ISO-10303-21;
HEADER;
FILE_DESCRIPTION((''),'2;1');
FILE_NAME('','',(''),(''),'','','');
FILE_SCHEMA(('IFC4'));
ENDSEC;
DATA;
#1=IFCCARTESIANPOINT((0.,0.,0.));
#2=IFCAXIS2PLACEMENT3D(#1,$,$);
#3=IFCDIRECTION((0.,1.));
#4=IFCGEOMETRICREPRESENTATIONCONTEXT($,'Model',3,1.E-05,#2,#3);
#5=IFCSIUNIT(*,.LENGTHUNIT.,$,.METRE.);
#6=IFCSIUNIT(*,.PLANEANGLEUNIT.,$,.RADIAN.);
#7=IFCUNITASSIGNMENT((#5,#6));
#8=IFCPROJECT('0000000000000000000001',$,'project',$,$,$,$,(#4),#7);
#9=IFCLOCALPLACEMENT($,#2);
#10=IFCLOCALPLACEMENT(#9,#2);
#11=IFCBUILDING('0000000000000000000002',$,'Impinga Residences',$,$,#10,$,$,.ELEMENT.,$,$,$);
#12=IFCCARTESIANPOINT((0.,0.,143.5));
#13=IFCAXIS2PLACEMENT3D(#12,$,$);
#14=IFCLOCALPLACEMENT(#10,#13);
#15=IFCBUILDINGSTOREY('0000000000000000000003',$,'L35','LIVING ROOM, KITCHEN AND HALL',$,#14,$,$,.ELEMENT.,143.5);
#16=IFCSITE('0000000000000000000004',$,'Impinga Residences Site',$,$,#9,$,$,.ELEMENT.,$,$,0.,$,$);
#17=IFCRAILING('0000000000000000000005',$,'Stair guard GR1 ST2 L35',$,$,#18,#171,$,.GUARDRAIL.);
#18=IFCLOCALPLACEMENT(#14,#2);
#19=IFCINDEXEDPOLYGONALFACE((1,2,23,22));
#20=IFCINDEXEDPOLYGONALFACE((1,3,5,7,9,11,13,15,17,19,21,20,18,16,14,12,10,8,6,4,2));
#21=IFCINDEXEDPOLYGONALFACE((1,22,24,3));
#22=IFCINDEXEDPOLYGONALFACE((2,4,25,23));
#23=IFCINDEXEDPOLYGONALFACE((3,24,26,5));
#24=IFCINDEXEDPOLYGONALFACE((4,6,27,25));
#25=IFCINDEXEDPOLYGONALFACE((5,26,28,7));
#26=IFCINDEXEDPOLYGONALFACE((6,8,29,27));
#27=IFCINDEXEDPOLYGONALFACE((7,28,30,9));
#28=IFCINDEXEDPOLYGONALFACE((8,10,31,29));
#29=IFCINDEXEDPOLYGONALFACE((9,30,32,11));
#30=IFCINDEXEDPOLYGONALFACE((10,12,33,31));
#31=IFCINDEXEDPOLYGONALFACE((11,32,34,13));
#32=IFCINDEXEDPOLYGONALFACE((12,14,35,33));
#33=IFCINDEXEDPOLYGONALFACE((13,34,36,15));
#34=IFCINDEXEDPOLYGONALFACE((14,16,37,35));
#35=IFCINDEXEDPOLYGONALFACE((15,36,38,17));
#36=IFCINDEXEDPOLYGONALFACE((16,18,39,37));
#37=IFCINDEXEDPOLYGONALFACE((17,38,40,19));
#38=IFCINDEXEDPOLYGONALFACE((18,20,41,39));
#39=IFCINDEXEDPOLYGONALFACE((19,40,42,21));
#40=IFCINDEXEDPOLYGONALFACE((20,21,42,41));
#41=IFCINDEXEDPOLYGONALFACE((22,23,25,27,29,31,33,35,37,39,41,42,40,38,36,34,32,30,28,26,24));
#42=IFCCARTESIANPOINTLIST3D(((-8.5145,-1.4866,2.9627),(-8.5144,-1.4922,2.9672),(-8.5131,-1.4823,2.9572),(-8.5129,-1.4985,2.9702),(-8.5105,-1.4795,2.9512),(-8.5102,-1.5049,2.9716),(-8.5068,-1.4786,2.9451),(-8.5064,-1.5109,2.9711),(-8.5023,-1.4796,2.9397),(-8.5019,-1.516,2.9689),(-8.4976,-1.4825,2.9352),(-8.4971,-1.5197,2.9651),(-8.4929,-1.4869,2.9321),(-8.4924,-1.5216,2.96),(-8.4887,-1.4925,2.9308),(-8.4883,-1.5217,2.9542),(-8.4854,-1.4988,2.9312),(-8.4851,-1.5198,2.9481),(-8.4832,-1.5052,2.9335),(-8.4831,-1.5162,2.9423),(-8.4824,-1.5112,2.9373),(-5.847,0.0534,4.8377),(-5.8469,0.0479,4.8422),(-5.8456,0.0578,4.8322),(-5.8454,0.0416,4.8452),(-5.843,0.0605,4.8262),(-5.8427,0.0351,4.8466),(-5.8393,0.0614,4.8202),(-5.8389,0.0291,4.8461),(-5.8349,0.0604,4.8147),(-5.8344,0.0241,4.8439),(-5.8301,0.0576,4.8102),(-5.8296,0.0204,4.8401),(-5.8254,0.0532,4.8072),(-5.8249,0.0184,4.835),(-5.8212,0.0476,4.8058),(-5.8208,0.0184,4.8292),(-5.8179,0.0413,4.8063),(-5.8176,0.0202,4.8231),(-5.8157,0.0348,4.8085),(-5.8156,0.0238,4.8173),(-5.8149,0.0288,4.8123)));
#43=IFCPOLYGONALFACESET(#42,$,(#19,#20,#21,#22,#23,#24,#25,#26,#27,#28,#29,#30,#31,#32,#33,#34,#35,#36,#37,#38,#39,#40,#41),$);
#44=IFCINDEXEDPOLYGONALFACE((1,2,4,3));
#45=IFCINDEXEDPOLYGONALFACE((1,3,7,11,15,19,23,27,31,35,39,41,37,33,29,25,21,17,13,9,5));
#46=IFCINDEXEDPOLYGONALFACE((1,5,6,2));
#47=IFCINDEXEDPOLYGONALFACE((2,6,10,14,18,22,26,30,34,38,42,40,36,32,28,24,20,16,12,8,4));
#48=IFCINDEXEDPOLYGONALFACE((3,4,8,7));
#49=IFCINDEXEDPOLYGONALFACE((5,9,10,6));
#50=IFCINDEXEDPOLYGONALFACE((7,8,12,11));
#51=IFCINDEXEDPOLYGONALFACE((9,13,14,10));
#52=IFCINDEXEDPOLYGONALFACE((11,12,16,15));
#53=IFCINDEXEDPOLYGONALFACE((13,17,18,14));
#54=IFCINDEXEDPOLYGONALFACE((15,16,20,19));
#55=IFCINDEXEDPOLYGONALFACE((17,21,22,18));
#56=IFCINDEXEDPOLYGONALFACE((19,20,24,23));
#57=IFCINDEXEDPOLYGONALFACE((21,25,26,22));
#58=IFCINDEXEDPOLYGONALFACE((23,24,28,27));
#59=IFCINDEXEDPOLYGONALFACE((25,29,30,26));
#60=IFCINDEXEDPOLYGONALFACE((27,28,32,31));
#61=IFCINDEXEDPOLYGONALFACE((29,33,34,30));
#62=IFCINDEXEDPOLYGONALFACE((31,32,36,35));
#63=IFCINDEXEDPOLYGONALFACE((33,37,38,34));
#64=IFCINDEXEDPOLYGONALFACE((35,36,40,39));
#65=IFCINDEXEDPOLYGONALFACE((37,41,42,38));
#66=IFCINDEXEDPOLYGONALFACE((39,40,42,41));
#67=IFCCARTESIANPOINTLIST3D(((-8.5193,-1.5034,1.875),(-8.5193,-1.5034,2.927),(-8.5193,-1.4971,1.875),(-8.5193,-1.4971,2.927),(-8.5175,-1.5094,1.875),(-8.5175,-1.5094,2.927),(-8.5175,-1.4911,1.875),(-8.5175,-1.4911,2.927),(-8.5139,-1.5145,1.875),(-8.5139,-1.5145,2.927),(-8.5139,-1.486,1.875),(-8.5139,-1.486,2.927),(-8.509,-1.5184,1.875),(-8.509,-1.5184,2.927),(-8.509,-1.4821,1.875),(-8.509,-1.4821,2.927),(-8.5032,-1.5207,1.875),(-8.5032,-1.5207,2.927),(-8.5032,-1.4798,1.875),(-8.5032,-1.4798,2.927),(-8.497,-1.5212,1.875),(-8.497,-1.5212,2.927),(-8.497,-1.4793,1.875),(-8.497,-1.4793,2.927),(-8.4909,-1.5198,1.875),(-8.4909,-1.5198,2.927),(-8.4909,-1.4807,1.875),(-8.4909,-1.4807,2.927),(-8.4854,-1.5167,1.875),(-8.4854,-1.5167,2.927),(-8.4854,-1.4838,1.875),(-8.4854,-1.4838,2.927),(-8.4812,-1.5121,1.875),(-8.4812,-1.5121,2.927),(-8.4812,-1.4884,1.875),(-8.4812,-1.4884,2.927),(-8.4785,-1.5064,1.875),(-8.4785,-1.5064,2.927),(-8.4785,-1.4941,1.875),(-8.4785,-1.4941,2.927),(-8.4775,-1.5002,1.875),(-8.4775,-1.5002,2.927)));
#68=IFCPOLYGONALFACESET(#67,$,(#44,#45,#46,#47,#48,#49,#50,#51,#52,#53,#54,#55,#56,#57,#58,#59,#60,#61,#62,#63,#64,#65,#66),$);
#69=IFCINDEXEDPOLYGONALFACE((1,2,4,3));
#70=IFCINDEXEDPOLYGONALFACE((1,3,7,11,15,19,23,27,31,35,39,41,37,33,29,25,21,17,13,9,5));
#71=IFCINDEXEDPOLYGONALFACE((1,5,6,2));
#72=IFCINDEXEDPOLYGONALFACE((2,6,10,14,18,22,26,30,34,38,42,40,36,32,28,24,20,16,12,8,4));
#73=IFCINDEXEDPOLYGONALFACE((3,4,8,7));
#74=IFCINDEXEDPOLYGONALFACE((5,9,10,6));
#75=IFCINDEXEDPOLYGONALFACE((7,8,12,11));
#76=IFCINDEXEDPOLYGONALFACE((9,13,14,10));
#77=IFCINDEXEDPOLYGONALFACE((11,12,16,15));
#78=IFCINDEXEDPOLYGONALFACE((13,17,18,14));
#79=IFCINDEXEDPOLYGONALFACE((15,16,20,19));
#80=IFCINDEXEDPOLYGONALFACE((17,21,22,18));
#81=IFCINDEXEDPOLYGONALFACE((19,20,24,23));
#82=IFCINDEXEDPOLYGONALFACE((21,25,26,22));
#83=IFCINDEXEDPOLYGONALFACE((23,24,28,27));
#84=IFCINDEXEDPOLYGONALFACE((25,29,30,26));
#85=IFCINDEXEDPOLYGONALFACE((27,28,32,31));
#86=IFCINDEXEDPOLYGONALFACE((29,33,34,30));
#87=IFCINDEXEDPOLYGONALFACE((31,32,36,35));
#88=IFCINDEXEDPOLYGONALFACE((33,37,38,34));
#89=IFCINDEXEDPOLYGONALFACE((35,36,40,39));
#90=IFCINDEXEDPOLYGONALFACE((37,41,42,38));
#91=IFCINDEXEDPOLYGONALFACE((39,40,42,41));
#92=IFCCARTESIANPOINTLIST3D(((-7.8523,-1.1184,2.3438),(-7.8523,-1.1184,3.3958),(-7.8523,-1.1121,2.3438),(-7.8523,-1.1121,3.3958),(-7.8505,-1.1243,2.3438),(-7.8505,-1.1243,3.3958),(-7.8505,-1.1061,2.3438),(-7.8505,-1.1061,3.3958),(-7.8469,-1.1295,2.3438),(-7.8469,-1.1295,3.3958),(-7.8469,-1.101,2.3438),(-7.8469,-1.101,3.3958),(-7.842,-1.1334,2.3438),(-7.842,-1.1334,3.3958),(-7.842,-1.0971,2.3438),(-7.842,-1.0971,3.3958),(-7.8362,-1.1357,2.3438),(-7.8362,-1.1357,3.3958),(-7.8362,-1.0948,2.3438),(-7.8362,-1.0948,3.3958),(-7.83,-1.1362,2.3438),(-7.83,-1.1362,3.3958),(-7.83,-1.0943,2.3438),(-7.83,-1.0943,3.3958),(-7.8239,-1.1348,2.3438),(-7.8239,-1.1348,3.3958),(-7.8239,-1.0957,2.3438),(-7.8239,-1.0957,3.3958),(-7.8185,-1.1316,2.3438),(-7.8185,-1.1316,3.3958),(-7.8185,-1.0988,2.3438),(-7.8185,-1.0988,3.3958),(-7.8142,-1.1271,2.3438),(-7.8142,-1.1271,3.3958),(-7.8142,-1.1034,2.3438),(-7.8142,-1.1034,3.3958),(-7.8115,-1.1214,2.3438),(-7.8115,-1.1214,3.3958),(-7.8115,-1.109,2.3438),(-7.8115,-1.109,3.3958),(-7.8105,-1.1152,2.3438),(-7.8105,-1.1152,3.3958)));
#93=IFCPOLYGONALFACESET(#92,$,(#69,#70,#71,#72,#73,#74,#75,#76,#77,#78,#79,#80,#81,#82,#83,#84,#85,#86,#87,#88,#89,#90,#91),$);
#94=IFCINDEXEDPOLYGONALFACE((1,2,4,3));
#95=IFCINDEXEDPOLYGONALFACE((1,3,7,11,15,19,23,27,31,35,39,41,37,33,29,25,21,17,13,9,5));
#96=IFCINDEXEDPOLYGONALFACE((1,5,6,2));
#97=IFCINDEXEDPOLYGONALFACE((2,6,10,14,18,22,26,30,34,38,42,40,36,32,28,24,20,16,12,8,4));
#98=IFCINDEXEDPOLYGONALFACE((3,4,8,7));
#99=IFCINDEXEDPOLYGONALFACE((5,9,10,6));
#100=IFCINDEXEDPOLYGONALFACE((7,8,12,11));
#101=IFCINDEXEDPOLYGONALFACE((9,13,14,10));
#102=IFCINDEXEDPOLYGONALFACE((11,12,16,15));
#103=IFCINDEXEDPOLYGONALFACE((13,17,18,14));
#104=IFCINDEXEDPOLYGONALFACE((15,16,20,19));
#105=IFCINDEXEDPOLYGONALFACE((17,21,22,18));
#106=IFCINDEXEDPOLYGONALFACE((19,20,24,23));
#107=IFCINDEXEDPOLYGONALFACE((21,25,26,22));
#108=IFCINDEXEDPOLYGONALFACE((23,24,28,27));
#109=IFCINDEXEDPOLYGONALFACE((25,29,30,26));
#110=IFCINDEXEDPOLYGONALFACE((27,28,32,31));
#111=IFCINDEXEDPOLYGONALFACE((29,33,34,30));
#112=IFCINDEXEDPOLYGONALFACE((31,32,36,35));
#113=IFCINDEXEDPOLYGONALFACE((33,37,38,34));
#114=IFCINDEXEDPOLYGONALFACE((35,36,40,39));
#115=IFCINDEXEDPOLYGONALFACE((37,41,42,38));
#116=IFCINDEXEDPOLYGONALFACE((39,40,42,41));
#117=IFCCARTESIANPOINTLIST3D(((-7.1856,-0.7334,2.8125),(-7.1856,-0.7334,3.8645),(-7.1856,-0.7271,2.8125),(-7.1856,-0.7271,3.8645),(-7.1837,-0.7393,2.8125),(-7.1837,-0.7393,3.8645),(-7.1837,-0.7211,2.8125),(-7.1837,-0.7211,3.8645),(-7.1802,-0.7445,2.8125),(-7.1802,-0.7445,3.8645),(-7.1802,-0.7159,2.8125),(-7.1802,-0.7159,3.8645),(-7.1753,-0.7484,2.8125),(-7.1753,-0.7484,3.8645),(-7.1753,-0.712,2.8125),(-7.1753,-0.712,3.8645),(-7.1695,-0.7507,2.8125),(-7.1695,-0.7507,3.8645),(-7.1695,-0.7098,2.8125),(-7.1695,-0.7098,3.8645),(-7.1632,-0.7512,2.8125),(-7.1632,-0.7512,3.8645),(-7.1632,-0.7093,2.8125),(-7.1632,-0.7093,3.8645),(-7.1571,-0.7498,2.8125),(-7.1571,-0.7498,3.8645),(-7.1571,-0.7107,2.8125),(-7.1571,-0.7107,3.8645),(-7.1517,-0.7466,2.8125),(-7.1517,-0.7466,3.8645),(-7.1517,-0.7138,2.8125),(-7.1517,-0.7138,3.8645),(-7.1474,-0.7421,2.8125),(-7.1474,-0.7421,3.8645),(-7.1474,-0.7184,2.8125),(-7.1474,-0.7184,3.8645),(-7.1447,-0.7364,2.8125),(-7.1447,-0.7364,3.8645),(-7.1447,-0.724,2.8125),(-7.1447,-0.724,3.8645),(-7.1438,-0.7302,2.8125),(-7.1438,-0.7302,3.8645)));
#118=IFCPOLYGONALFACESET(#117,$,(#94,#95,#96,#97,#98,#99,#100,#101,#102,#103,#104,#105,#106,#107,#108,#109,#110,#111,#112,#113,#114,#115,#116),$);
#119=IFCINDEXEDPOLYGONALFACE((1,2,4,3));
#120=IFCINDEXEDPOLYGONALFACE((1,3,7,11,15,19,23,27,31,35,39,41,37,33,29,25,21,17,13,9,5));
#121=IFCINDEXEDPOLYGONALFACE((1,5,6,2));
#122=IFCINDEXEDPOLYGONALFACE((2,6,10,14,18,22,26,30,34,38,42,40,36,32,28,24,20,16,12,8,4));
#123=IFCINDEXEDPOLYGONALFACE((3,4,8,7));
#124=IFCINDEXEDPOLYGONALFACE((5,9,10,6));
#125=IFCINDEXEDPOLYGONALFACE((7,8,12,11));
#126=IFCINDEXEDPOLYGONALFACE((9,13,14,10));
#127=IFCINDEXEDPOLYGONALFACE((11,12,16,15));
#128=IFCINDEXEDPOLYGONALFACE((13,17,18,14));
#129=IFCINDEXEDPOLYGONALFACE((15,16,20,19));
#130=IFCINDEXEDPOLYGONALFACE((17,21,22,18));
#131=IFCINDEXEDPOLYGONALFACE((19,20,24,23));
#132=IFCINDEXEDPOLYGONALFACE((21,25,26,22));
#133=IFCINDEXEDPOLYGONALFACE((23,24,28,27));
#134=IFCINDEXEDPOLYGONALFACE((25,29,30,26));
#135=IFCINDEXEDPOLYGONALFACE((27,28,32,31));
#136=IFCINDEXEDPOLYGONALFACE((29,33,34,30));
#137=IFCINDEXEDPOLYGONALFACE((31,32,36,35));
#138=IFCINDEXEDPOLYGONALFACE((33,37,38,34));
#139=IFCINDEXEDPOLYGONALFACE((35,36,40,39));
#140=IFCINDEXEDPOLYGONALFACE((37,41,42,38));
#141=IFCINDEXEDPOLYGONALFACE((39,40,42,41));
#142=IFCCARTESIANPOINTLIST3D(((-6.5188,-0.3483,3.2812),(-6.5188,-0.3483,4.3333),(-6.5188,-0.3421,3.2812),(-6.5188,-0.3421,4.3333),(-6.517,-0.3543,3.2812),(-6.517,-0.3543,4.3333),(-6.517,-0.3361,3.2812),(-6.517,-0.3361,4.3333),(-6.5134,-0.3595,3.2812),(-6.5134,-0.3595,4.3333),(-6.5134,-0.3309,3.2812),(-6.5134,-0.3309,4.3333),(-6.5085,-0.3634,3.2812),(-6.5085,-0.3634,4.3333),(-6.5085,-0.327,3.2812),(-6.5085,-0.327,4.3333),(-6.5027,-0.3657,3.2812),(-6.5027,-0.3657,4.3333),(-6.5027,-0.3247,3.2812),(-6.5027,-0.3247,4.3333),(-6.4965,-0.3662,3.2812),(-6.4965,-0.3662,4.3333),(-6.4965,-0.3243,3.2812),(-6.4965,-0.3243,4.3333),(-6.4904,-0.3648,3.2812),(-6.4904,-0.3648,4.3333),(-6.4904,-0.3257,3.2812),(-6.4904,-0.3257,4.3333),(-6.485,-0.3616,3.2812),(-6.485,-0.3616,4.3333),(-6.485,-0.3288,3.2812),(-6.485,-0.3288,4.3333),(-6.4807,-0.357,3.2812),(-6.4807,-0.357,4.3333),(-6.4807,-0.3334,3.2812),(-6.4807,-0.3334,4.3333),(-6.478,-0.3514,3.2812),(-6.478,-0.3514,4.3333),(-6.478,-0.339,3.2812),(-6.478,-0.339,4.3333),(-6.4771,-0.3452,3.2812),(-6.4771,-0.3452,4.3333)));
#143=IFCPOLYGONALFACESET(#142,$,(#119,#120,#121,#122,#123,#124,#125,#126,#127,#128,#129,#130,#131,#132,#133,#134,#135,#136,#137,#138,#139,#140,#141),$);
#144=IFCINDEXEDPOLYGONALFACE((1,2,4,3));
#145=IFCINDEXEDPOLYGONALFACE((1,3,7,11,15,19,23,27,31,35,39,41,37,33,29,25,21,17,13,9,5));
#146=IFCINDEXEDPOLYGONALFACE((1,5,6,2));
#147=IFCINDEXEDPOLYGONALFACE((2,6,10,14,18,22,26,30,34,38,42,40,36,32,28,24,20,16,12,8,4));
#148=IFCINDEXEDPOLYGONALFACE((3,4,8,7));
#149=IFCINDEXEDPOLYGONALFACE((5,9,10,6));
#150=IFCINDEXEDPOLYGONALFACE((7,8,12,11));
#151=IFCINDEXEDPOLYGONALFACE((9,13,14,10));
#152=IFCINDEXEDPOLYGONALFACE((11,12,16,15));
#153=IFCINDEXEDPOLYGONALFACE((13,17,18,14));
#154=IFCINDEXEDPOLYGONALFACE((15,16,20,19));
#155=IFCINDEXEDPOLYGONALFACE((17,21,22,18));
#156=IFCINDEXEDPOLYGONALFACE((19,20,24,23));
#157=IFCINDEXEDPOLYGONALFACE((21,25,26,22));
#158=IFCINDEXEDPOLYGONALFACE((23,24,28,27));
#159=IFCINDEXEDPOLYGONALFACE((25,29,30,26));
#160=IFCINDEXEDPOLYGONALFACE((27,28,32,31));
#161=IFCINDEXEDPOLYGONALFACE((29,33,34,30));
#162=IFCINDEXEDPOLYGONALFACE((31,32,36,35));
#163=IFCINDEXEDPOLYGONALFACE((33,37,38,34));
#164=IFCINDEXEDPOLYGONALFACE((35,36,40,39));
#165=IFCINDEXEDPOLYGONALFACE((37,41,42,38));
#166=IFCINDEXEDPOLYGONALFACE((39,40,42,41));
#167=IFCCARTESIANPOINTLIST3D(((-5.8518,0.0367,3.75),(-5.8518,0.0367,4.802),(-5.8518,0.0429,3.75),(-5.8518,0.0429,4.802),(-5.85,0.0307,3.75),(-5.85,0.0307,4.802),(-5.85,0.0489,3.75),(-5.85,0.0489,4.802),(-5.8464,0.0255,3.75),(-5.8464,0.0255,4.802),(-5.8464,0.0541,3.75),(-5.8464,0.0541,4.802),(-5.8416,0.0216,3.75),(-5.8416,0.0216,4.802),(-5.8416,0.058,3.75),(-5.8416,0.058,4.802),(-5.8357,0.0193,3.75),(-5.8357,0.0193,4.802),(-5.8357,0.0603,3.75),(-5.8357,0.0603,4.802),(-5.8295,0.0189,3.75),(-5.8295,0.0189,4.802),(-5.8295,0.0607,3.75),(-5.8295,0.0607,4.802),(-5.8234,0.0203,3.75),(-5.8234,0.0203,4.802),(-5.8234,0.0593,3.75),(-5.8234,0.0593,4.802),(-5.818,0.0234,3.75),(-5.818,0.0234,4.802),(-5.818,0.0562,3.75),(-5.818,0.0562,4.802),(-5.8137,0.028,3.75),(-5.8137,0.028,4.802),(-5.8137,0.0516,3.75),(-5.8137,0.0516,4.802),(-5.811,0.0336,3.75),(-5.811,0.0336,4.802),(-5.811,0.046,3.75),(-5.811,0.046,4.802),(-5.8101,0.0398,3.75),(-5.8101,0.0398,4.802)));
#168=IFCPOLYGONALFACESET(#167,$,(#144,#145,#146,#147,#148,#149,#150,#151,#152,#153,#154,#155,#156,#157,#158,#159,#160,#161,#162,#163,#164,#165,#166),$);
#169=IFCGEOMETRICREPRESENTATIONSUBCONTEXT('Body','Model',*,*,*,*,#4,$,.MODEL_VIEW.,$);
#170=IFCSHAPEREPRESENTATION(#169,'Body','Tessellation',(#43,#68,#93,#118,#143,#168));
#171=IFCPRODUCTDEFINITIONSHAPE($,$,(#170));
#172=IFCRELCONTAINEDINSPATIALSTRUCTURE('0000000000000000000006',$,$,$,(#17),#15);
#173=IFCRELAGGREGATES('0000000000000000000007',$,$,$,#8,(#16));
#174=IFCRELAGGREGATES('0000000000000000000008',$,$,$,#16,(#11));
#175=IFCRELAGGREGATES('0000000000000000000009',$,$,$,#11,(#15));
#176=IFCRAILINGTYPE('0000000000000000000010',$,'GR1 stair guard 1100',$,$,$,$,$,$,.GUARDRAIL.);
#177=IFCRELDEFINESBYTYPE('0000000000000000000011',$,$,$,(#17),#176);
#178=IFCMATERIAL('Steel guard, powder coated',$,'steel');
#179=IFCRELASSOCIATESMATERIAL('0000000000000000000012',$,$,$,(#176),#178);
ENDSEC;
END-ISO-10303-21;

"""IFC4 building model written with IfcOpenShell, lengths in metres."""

from ifc_helpers import new_model, si_unit, direction, frame, origin, origin_2d, place, context, subcontext, project, spatial, circle, extrude, material, type_object, element, save


model = new_model("IFC4")

# Units and contexts
model_context = context("Model", 3, precision=1e-05, world=origin(), true_north=direction((0.0, 1.0)))
body_context = subcontext(model_context, "Body", "Model", "MODEL_VIEW")
ifc_project = project(units=[si_unit("LENGTHUNIT", "METRE"), si_unit("PLANEANGLEUNIT", "RADIAN")], contexts=[model_context])

# Site, building, storey
site_placement = place(None, origin())
site = spatial("IfcSite", under=ifc_project, at=site_placement, Name="Impinga Residences Site", CompositionType="ELEMENT", RefElevation=0.0)
building_placement = place(site_placement, origin())
building = spatial("IfcBuilding", under=site, at=building_placement, Name="Impinga Residences", CompositionType="ELEMENT")
storey_placement = place(building_placement, frame((0.0, 0.0, 143.5)))
storey = spatial("IfcBuildingStorey", under=building, at=storey_placement, Name="L35", Description="LIVING ROOM, KITCHEN AND HALL", CompositionType="ELEMENT", Elevation=143.5)

# Railing
ifc_material_1 = material(Name="Steel guard, powder coated", Category="steel")
railing_type_1 = type_object("IfcRailingType", Name="GR1 stair guard 1100", PredefinedType="GUARDRAIL", material=ifc_material_1)
railing_1_placement = place(storey_placement, frame((-8.4985, -1.5002, 1.875)))
element("IfcRailing", 1, at=railing_1_placement, inside=storey, type_object=railing_type_1, Name="Stair guard GR1 ST2 L35", PredefinedType="GUARDRAIL", context=body_context, shape_type="SweptSolid", body=[
    extrude(circle(Radius=0.0239, at=origin_2d()), frame((0.0, 0.0, 1.0762), z_axis=(0.739746, 0.427084, 0.519975), x_axis=(-0.499992, 0.86603, 0.0)), (0.0, 0.0, 1.0), 3.606),
    extrude(circle(Radius=0.021, at=origin_2d()), origin(), (0.0, 0.0, 1.0), 1.052),
    extrude(circle(Radius=0.021, at=origin_2d()), frame((0.667, 0.385, 0.4688)), (0.0, 0.0, 1.0), 1.052),
    extrude(circle(Radius=0.021, at=origin_2d()), frame((1.3337, 0.77, 0.9375)), (0.0, 0.0, 1.0), 1.052),
    extrude(circle(Radius=0.021, at=origin_2d()), frame((2.0005, 1.155, 1.4062)), (0.0, 0.0, 1.0), 1.052),
    extrude(circle(Radius=0.021, at=origin_2d()), frame((2.6675, 1.54, 1.875)), (0.0, 0.0, 1.0), 1.052),
])

save(model, "model.ifc")
